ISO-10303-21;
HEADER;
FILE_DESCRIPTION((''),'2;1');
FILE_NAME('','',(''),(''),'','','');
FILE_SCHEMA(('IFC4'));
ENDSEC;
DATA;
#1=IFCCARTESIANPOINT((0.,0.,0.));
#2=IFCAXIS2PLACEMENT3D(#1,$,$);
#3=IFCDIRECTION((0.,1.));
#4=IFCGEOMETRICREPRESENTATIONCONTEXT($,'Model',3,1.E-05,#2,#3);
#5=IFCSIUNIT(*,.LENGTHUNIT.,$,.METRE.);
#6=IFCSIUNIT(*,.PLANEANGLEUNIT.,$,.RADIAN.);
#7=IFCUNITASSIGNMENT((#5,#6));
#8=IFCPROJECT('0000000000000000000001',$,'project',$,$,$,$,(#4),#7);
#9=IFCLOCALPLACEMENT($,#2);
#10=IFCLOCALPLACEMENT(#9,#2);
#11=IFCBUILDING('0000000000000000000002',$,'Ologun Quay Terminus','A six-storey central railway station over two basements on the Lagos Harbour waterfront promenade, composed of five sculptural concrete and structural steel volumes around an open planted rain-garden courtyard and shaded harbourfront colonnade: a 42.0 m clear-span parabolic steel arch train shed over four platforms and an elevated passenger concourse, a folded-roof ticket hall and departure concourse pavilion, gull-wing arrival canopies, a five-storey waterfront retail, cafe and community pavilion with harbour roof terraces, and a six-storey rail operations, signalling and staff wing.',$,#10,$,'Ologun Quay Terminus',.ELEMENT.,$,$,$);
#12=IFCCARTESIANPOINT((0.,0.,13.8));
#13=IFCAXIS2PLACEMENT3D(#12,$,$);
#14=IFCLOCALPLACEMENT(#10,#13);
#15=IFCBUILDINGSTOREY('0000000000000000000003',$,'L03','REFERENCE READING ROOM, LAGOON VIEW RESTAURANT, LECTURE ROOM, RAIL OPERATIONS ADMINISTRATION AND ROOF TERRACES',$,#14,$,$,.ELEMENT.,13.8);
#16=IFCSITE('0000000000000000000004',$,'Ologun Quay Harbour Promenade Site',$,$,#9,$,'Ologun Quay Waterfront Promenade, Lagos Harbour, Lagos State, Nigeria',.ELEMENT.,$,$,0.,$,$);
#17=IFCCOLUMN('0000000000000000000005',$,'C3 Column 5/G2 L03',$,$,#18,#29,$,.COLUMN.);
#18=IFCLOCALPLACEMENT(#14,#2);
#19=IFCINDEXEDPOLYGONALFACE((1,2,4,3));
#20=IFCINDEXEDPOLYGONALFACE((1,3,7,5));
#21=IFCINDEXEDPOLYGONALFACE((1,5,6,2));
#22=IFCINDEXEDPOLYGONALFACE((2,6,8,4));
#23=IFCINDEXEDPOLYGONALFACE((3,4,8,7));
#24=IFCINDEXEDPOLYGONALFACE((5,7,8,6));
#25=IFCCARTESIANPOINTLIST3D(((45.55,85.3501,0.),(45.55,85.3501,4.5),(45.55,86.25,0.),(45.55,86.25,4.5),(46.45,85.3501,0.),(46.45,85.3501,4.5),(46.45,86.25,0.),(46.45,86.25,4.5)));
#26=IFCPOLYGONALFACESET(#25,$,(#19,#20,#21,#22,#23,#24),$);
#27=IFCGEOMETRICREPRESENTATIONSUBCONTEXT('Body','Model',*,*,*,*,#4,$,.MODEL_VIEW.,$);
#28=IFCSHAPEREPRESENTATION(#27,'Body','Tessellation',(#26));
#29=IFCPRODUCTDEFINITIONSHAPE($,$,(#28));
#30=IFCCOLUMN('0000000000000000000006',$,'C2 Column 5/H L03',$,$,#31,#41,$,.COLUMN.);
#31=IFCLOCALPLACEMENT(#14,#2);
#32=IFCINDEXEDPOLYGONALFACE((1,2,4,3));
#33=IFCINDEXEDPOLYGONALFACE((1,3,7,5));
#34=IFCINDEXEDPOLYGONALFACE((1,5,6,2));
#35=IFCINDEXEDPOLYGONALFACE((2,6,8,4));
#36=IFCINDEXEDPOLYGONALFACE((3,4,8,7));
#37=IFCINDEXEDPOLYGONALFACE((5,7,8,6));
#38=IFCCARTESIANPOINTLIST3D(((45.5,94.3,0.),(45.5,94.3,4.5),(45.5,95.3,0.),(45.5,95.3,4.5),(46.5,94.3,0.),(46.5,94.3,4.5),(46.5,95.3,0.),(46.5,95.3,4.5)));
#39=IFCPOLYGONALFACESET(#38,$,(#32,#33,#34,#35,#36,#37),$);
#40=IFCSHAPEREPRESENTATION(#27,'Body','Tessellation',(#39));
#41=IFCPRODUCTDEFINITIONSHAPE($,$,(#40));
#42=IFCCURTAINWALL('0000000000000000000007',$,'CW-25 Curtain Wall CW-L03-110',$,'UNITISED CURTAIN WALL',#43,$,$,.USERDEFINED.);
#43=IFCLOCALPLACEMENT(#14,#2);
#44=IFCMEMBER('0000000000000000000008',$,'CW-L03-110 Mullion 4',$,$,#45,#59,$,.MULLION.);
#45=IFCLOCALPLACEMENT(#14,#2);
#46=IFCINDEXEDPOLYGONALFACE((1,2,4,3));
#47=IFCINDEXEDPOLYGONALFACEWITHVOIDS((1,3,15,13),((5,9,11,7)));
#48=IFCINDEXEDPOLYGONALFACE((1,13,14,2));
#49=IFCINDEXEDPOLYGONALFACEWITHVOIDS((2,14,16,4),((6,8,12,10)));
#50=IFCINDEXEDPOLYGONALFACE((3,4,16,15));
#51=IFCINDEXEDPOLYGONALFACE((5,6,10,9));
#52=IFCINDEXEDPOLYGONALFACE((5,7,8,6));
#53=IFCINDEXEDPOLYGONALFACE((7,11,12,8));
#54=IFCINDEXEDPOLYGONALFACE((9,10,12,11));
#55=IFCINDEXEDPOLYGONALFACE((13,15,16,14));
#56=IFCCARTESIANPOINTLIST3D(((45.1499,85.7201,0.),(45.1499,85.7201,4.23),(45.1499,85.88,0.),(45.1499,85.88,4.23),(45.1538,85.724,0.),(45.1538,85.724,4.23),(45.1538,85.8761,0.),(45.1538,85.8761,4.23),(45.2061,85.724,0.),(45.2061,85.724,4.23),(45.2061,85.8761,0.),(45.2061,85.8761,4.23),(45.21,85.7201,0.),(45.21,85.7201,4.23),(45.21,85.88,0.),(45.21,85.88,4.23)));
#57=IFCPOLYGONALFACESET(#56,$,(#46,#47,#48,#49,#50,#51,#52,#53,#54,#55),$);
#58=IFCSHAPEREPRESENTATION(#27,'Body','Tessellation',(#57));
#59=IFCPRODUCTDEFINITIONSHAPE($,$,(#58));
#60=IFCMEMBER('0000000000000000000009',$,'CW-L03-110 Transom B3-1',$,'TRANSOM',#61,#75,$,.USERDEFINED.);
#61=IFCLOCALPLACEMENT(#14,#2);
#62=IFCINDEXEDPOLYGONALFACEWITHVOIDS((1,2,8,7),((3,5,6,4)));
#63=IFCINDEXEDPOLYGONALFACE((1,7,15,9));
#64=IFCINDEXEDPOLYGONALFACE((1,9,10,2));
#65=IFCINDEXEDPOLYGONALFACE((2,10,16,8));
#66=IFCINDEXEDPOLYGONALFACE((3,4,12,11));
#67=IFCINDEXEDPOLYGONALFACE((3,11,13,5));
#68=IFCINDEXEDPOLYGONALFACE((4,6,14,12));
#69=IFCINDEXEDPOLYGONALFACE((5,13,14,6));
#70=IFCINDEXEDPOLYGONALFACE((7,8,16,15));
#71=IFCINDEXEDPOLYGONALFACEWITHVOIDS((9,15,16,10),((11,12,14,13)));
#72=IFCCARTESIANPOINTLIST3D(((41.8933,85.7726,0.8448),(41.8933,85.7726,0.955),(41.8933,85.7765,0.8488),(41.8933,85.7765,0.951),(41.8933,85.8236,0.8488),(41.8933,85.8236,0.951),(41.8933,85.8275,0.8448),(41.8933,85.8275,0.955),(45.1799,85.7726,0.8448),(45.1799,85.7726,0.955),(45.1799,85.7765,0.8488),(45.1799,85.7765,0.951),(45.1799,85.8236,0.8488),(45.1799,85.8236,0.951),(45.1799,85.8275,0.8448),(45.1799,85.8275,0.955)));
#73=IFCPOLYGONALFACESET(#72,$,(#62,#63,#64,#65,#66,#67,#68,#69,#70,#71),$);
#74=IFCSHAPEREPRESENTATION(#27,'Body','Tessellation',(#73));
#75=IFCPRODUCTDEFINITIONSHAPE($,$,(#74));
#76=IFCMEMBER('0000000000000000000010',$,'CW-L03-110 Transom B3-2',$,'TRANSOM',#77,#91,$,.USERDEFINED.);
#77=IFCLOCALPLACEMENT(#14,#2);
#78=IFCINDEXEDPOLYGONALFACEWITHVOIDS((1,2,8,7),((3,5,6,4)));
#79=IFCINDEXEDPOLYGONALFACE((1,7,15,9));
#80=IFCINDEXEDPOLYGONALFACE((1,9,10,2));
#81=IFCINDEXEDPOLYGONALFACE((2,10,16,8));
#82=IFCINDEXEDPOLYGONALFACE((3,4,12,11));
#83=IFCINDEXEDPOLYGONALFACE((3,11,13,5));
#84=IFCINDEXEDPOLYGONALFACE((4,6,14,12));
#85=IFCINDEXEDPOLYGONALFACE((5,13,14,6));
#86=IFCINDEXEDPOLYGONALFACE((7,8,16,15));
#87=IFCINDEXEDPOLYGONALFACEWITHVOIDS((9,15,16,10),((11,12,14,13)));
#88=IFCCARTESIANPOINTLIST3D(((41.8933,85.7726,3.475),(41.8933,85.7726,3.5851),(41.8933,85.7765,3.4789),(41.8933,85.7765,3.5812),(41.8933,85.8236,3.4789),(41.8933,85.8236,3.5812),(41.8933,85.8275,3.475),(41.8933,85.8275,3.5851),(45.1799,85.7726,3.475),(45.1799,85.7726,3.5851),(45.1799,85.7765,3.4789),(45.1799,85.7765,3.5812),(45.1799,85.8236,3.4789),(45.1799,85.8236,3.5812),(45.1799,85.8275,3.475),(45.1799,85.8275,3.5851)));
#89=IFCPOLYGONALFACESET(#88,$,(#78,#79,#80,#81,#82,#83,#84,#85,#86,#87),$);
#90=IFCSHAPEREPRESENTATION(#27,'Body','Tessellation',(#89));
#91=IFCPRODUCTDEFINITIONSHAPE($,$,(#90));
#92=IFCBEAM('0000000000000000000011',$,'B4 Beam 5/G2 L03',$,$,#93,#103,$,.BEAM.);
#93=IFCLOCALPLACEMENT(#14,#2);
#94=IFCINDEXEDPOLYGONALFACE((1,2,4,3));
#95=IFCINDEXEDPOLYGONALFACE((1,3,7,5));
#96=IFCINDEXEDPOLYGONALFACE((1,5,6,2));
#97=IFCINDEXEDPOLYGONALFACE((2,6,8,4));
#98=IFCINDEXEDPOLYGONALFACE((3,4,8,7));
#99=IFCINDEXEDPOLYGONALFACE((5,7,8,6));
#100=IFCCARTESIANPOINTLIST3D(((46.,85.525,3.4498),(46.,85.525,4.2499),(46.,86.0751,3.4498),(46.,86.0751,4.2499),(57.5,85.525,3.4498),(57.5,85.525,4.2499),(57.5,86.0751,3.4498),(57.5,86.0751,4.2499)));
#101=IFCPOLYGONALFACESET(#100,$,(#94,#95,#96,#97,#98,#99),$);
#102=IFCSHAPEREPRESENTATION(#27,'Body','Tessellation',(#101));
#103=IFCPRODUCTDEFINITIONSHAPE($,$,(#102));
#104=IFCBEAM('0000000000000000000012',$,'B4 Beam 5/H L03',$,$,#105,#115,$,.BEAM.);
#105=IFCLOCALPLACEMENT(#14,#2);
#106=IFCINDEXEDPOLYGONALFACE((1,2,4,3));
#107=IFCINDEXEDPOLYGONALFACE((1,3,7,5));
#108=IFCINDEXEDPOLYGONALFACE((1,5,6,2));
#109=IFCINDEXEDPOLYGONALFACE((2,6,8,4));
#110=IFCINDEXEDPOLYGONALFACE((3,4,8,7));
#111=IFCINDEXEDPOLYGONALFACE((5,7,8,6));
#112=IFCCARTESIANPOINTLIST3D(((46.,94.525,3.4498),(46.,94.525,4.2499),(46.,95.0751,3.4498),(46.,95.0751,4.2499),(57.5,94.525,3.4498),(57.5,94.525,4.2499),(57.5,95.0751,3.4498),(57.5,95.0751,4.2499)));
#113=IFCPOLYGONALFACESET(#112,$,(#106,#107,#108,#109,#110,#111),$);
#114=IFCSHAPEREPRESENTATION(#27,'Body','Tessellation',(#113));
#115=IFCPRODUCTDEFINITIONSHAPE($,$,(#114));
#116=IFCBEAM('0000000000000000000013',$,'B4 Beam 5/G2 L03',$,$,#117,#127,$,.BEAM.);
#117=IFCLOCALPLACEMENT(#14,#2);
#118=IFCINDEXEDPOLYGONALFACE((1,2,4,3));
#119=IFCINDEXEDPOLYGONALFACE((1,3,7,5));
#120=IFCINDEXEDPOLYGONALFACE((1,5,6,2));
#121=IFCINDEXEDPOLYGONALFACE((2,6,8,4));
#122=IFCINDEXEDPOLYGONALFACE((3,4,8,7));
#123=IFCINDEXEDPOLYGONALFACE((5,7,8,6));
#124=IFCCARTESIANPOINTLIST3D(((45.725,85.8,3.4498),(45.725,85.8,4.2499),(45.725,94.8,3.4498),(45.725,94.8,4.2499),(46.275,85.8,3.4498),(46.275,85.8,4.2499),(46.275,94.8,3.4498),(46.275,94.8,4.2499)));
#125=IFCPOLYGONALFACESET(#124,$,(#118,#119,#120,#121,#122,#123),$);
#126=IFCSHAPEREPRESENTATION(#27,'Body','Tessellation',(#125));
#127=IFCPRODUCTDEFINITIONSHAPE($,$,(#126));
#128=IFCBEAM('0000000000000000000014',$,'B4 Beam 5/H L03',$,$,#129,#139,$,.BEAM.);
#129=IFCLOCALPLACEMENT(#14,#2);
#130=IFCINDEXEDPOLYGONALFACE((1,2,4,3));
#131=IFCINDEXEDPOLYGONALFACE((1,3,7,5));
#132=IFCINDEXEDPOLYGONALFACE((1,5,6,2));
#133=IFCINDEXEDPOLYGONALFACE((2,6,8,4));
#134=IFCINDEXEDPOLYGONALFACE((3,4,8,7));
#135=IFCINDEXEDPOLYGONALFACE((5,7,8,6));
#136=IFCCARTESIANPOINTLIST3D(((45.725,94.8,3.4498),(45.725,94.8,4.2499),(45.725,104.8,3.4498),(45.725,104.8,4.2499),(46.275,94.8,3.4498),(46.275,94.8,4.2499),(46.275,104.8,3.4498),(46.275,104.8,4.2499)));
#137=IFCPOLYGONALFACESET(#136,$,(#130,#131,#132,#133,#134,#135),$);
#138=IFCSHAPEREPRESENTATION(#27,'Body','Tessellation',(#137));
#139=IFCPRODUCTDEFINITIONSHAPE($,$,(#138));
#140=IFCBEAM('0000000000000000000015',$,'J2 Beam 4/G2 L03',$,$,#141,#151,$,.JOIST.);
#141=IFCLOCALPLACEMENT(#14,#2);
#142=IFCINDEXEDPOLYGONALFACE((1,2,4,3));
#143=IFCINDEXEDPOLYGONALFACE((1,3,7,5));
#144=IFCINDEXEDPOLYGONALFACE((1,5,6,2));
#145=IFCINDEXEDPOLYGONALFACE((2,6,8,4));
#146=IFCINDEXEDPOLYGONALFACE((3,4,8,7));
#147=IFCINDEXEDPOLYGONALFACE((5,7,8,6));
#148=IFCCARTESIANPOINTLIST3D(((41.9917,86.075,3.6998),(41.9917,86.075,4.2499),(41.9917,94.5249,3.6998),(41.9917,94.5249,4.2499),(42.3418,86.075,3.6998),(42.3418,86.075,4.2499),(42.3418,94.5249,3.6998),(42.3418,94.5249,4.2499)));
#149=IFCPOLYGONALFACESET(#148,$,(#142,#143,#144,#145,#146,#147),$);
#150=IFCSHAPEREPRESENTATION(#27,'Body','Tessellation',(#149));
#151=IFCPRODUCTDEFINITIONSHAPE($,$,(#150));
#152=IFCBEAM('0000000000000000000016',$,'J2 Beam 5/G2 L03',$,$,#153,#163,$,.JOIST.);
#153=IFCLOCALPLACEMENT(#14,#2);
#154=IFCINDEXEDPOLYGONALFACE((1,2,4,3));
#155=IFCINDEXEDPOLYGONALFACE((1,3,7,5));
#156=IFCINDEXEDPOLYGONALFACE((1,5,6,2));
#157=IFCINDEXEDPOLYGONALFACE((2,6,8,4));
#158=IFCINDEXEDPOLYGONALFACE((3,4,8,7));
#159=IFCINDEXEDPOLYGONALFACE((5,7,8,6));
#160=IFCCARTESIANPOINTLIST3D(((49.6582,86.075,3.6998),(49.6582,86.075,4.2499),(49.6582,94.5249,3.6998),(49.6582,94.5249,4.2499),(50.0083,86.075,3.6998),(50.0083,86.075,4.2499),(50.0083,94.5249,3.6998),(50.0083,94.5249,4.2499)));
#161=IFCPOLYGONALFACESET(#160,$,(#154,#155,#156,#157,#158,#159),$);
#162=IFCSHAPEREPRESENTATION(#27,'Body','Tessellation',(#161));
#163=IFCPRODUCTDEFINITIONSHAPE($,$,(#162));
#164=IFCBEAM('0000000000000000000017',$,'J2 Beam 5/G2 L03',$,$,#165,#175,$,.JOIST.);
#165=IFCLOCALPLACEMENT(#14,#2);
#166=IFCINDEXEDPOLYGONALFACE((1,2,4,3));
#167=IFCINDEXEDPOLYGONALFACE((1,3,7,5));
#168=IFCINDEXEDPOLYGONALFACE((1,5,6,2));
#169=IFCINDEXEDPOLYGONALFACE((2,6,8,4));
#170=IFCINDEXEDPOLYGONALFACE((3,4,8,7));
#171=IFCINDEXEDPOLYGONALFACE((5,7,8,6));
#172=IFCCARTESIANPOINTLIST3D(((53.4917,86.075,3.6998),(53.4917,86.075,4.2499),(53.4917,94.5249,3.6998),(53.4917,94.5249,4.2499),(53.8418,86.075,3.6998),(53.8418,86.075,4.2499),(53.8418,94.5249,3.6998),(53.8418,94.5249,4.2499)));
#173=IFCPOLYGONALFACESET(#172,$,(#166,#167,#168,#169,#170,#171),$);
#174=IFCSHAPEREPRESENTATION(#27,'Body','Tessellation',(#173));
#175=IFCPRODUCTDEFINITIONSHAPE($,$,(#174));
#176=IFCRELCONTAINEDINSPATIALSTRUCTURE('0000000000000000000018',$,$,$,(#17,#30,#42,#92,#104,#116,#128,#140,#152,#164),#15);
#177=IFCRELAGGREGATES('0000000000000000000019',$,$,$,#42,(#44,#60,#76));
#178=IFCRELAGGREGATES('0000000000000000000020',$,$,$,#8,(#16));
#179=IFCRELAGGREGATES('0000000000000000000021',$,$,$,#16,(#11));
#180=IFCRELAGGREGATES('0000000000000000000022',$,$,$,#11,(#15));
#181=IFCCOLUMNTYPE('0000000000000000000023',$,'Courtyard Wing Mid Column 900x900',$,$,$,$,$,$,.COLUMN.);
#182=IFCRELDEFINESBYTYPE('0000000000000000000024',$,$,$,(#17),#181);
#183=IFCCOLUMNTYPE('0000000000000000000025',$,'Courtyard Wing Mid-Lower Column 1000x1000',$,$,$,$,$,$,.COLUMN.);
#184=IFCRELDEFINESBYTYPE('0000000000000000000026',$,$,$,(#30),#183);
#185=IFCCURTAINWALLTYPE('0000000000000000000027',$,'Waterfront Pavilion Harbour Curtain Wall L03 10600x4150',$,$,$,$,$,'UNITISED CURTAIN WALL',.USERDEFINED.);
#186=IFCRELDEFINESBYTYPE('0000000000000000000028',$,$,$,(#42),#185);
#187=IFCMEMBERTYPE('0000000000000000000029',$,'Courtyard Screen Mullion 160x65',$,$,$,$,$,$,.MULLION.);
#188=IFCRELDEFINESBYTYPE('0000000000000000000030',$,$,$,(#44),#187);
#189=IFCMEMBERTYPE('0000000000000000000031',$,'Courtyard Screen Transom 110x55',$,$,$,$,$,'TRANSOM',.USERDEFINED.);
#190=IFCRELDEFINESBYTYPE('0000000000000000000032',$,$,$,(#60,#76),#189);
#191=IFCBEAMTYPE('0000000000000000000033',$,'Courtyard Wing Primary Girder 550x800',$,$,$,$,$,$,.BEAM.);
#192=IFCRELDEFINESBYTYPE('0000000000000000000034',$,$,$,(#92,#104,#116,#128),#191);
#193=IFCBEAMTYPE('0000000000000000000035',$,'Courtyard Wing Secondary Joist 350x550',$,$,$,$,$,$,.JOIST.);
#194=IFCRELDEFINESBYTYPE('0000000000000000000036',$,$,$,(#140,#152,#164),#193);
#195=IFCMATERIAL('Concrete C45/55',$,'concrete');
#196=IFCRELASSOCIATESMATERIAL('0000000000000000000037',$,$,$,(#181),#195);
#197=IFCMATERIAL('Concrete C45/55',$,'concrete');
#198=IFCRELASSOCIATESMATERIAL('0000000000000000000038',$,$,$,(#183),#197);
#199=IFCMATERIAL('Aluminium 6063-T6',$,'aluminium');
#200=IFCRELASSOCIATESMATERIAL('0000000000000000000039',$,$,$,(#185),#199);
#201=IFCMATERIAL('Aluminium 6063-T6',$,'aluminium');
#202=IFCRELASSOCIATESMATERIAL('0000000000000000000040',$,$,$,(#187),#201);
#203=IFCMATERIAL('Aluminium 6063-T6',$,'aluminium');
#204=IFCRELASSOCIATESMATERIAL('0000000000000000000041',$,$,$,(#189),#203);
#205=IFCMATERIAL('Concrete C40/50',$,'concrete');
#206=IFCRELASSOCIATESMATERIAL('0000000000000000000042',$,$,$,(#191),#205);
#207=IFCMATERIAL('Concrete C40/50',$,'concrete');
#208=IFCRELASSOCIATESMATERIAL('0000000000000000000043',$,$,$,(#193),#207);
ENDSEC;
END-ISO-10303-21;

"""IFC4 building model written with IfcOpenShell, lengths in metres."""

from ifc_helpers import new_model, si_unit, direction, frame, origin, origin_2d, place, context, subcontext, project, spatial, rectangle, hollow_rectangle, extrude, material, material_profile, profile_set, type_object, element, aggregate, save


model = new_model("IFC4")

# Units and contexts
model_context = context("Model", 3, precision=1e-05, world=origin(), true_north=direction((0.0, 1.0)))
body_context = subcontext(model_context, "Body", "Model", "MODEL_VIEW")
ifc_project = project(units=[si_unit("LENGTHUNIT", "METRE"), si_unit("PLANEANGLEUNIT", "RADIAN")], contexts=[model_context])

# Site, building, storey
site_placement = place(None, origin())
site = spatial("IfcSite", under=ifc_project, at=site_placement, Name="Ologun Quay Harbour Promenade Site", LongName="Ologun Quay Waterfront Promenade, Lagos Harbour, Lagos State, Nigeria", CompositionType="ELEMENT", RefElevation=0.0)
building_placement = place(site_placement, origin())
building = spatial("IfcBuilding", under=site, at=building_placement, Name="Ologun Quay Terminus", Description="A six-storey central railway station over two basements on the Lagos Harbour waterfront promenade, composed of five sculptural concrete and structural steel volumes around an open planted rain-garden courtyard and shaded harbourfront colonnade: a 42.0 m clear-span parabolic steel arch train shed over four platforms and an elevated passenger concourse, a folded-roof ticket hall and departure concourse pavilion, gull-wing arrival canopies, a five-storey waterfront retail, cafe and community pavilion with harbour roof terraces, and a six-storey rail operations, signalling and staff wing.", LongName="Ologun Quay Terminus", CompositionType="ELEMENT")
storey_placement = place(building_placement, frame((0.0, 0.0, 13.8)))
storey = spatial("IfcBuildingStorey", under=building, at=storey_placement, Name="L03", Description="REFERENCE READING ROOM, LAGOON VIEW RESTAURANT, LECTURE ROOM, RAIL OPERATIONS ADMINISTRATION AND ROOF TERRACES", CompositionType="ELEMENT", Elevation=13.8)

# Columns
ifc_material_1 = material(Name="Concrete C45/55", Category="concrete")
ifc_material_profile_1 = material_profile(ifc_material_1, rectangle(XDim=0.8999, YDim=0.8999, at=origin_2d()), Name="RC 900x900")
ifc_profile_set_1 = profile_set([ifc_material_profile_1], Name="Concrete C45/55")
column_type_1 = type_object("IfcColumnType", Name="Courtyard Wing Mid Column 900x900", PredefinedType="COLUMN", material=ifc_profile_set_1)
column_1_placement = place(storey_placement, frame((46.0, 85.8, 0.0), z_axis=(0.0, 0.0, 1.0), x_axis=(1.0, 0.0, 0.0)))
element("IfcColumn", 1, at=column_1_placement, inside=storey, type_object=column_type_1, Name="C3 Column 5/G2 L03", PredefinedType="COLUMN", context=body_context, shape_type="SweptSolid", body=[
    extrude(rectangle(XDim=0.8999, YDim=0.8999, at=origin_2d()), origin(), (0.0, 0.0, 1.0), 4.5),
])
ifc_material_2 = material(Name="Concrete C45/55", Category="concrete")
ifc_material_profile_2 = material_profile(ifc_material_2, rectangle(XDim=1.0, YDim=1.0, at=origin_2d()), Name="RC 1000x1000")
ifc_profile_set_2 = profile_set([ifc_material_profile_2], Name="Concrete C45/55")
column_type_2 = type_object("IfcColumnType", Name="Courtyard Wing Mid-Lower Column 1000x1000", PredefinedType="COLUMN", material=ifc_profile_set_2)
column_2_placement = place(storey_placement, frame((46.0, 94.8, 0.0), z_axis=(0.0, 0.0, 1.0), x_axis=(1.0, 0.0, 0.0)))
element("IfcColumn", 2, at=column_2_placement, inside=storey, type_object=column_type_2, Name="C2 Column 5/H L03", PredefinedType="COLUMN", context=body_context, shape_type="SweptSolid", body=[
    extrude(rectangle(XDim=1.0, YDim=1.0, at=origin_2d()), origin(), (0.0, 0.0, 1.0), 4.5),
])

# Curtain wall, members
ifc_material_3 = material(Name="Aluminium 6063-T6", Category="aluminium")
curtain_wall_type = type_object("IfcCurtainWallType", Name="Waterfront Pavilion Harbour Curtain Wall L03 10600x4150", ElementType="UNITISED CURTAIN WALL", PredefinedType="USERDEFINED", material=ifc_material_3)
curtain_wall_placement = place(storey_placement, origin())
curtain_wall = element("IfcCurtainWall", 3, at=curtain_wall_placement, inside=storey, type_object=curtain_wall_type, Name="CW-25 Curtain Wall CW-L03-110", ObjectType="UNITISED CURTAIN WALL", PredefinedType="USERDEFINED")
ifc_material_4 = material(Name="Aluminium 6063-T6", Category="aluminium")
ifc_material_profile_3 = material_profile(ifc_material_4, hollow_rectangle(XDim=0.0601, YDim=0.1599, WallThickness=0.0039, at=origin_2d()), Name="ALU 160x60x4")
ifc_profile_set_3 = profile_set([ifc_material_profile_3], Name="Aluminium 6063-T6")
member_type_1 = type_object("IfcMemberType", Name="Courtyard Screen Mullion 160x65", PredefinedType="MULLION", material=ifc_profile_set_3)
member_1_placement = place(storey_placement, frame((45.1799, 85.8, 0.0), z_axis=(0.0, 0.0, 1.0), x_axis=(1.0, 0.0, 0.0)))
member_1 = element("IfcMember", 4, at=member_1_placement, type_object=member_type_1, Name="CW-L03-110 Mullion 4", PredefinedType="MULLION", context=body_context, shape_type="SweptSolid", body=[
    extrude(hollow_rectangle(XDim=0.0601, YDim=0.1599, WallThickness=0.0039, at=origin_2d()), origin(), (0.0, 0.0, 1.0), 4.23),
])
ifc_material_5 = material(Name="Aluminium 6063-T6", Category="aluminium")
ifc_material_profile_4 = material_profile(ifc_material_5, hollow_rectangle(XDim=0.0549, YDim=0.1101, WallThickness=0.0039, at=origin_2d()), Name="ALU 110x55x4")
ifc_profile_set_4 = profile_set([ifc_material_profile_4], Name="Aluminium 6063-T6")
member_type_2 = type_object("IfcMemberType", Name="Courtyard Screen Transom 110x55", ElementType="TRANSOM", PredefinedType="USERDEFINED", material=ifc_profile_set_4)
member_2_placement = place(storey_placement, frame((41.8933, 85.8, 0.8999), z_axis=(1.0, 0.0, 0.0), x_axis=(0.0, 1.0, 0.0)))
member_2 = element("IfcMember", 5, at=member_2_placement, type_object=member_type_2, Name="CW-L03-110 Transom B3-1", ObjectType="TRANSOM", PredefinedType="USERDEFINED", context=body_context, shape_type="SweptSolid", body=[
    extrude(hollow_rectangle(XDim=0.0549, YDim=0.1101, WallThickness=0.0039, at=origin_2d()), origin(), (0.0, 0.0, 1.0), 3.2866),
])
member_3_placement = place(storey_placement, frame((41.8933, 85.8, 3.53), z_axis=(1.0, 0.0, 0.0), x_axis=(0.0, 1.0, 0.0)))
member_3 = element("IfcMember", 6, at=member_3_placement, type_object=member_type_2, Name="CW-L03-110 Transom B3-2", ObjectType="TRANSOM", PredefinedType="USERDEFINED", context=body_context, shape_type="SweptSolid", body=[
    extrude(hollow_rectangle(XDim=0.0549, YDim=0.1101, WallThickness=0.0039, at=origin_2d()), origin(), (0.0, 0.0, 1.0), 3.2866),
])

# Beams
ifc_material_6 = material(Name="Concrete C40/50", Category="concrete")
ifc_material_profile_5 = material_profile(ifc_material_6, rectangle(XDim=0.55, YDim=0.8, at=origin_2d()), Name="RC 550x800")
ifc_profile_set_5 = profile_set([ifc_material_profile_5], Name="Concrete C40/50")
beam_type_1 = type_object("IfcBeamType", Name="Courtyard Wing Primary Girder 550x800", PredefinedType="BEAM", material=ifc_profile_set_5)
for number, where, z_axis, x_axis, name in (
    (7, (46.0, 85.8, 3.8499), (1.0, 0.0, 0.0), (0.0, 1.0, 0.0), "B4 Beam 5/G2 L03"),
    (8, (46.0, 94.8, 3.8499), (1.0, 0.0, 0.0), (0.0, 1.0, 0.0), "B4 Beam 5/H L03"),
):
    element("IfcBeam", number, at=place(storey_placement, frame(where, z_axis=z_axis, x_axis=x_axis)), inside=storey, type_object=beam_type_1, Name=name, PredefinedType="BEAM", context=body_context, shape_type="SweptSolid", body=[
        extrude(rectangle(XDim=0.55, YDim=0.8, at=origin_2d()), origin(), (0.0, 0.0, 1.0), 11.5),
    ])
beam_1_placement = place(storey_placement, frame((46.0, 85.8, 3.8499), z_axis=(0.0, 1.0, 0.0), x_axis=(-1.0, 0.0, 0.0)))
element("IfcBeam", 9, at=beam_1_placement, inside=storey, type_object=beam_type_1, Name="B4 Beam 5/G2 L03", PredefinedType="BEAM", context=body_context, shape_type="SweptSolid", body=[
    extrude(rectangle(XDim=0.55, YDim=0.8, at=origin_2d()), origin(), (0.0, 0.0, 1.0), 9.0),
])
beam_2_placement = place(storey_placement, frame((46.0, 94.8, 3.8499), z_axis=(0.0, 1.0, 0.0), x_axis=(-1.0, 0.0, 0.0)))
element("IfcBeam", 10, at=beam_2_placement, inside=storey, type_object=beam_type_1, Name="B4 Beam 5/H L03", PredefinedType="BEAM", context=body_context, shape_type="SweptSolid", body=[
    extrude(rectangle(XDim=0.55, YDim=0.8, at=origin_2d()), origin(), (0.0, 0.0, 1.0), 10.0),
])
ifc_material_7 = material(Name="Concrete C40/50", Category="concrete")
ifc_material_profile_6 = material_profile(ifc_material_7, rectangle(XDim=0.3501, YDim=0.55, at=origin_2d()), Name="RC 350x550")
ifc_profile_set_6 = profile_set([ifc_material_profile_6], Name="Concrete C40/50")
beam_type_2 = type_object("IfcBeamType", Name="Courtyard Wing Secondary Joist 350x550", PredefinedType="JOIST", material=ifc_profile_set_6)
for number, where, z_axis, x_axis, name in (
    (11, (42.1667, 86.075, 3.9749), (0.0, 1.0, 0.0), (-1.0, 0.0, 0.0), "J2 Beam 4/G2 L03"),
    (12, (49.8333, 86.075, 3.9749), (0.0, 1.0, 0.0), (-1.0, 0.0, 0.0), "J2 Beam 5/G2 L03"),
    (13, (53.6667, 86.075, 3.9749), (0.0, 1.0, 0.0), (-1.0, 0.0, 0.0), "J2 Beam 5/G2 L03"),
):
    element("IfcBeam", number, at=place(storey_placement, frame(where, z_axis=z_axis, x_axis=x_axis)), inside=storey, type_object=beam_type_2, Name=name, PredefinedType="JOIST", context=body_context, shape_type="SweptSolid", body=[
        extrude(rectangle(XDim=0.3501, YDim=0.55, at=origin_2d()), origin(), (0.0, 0.0, 1.0), 8.45),
    ])

aggregate(curtain_wall, [member_1, member_2, member_3])

save(model, "model.ifc")
